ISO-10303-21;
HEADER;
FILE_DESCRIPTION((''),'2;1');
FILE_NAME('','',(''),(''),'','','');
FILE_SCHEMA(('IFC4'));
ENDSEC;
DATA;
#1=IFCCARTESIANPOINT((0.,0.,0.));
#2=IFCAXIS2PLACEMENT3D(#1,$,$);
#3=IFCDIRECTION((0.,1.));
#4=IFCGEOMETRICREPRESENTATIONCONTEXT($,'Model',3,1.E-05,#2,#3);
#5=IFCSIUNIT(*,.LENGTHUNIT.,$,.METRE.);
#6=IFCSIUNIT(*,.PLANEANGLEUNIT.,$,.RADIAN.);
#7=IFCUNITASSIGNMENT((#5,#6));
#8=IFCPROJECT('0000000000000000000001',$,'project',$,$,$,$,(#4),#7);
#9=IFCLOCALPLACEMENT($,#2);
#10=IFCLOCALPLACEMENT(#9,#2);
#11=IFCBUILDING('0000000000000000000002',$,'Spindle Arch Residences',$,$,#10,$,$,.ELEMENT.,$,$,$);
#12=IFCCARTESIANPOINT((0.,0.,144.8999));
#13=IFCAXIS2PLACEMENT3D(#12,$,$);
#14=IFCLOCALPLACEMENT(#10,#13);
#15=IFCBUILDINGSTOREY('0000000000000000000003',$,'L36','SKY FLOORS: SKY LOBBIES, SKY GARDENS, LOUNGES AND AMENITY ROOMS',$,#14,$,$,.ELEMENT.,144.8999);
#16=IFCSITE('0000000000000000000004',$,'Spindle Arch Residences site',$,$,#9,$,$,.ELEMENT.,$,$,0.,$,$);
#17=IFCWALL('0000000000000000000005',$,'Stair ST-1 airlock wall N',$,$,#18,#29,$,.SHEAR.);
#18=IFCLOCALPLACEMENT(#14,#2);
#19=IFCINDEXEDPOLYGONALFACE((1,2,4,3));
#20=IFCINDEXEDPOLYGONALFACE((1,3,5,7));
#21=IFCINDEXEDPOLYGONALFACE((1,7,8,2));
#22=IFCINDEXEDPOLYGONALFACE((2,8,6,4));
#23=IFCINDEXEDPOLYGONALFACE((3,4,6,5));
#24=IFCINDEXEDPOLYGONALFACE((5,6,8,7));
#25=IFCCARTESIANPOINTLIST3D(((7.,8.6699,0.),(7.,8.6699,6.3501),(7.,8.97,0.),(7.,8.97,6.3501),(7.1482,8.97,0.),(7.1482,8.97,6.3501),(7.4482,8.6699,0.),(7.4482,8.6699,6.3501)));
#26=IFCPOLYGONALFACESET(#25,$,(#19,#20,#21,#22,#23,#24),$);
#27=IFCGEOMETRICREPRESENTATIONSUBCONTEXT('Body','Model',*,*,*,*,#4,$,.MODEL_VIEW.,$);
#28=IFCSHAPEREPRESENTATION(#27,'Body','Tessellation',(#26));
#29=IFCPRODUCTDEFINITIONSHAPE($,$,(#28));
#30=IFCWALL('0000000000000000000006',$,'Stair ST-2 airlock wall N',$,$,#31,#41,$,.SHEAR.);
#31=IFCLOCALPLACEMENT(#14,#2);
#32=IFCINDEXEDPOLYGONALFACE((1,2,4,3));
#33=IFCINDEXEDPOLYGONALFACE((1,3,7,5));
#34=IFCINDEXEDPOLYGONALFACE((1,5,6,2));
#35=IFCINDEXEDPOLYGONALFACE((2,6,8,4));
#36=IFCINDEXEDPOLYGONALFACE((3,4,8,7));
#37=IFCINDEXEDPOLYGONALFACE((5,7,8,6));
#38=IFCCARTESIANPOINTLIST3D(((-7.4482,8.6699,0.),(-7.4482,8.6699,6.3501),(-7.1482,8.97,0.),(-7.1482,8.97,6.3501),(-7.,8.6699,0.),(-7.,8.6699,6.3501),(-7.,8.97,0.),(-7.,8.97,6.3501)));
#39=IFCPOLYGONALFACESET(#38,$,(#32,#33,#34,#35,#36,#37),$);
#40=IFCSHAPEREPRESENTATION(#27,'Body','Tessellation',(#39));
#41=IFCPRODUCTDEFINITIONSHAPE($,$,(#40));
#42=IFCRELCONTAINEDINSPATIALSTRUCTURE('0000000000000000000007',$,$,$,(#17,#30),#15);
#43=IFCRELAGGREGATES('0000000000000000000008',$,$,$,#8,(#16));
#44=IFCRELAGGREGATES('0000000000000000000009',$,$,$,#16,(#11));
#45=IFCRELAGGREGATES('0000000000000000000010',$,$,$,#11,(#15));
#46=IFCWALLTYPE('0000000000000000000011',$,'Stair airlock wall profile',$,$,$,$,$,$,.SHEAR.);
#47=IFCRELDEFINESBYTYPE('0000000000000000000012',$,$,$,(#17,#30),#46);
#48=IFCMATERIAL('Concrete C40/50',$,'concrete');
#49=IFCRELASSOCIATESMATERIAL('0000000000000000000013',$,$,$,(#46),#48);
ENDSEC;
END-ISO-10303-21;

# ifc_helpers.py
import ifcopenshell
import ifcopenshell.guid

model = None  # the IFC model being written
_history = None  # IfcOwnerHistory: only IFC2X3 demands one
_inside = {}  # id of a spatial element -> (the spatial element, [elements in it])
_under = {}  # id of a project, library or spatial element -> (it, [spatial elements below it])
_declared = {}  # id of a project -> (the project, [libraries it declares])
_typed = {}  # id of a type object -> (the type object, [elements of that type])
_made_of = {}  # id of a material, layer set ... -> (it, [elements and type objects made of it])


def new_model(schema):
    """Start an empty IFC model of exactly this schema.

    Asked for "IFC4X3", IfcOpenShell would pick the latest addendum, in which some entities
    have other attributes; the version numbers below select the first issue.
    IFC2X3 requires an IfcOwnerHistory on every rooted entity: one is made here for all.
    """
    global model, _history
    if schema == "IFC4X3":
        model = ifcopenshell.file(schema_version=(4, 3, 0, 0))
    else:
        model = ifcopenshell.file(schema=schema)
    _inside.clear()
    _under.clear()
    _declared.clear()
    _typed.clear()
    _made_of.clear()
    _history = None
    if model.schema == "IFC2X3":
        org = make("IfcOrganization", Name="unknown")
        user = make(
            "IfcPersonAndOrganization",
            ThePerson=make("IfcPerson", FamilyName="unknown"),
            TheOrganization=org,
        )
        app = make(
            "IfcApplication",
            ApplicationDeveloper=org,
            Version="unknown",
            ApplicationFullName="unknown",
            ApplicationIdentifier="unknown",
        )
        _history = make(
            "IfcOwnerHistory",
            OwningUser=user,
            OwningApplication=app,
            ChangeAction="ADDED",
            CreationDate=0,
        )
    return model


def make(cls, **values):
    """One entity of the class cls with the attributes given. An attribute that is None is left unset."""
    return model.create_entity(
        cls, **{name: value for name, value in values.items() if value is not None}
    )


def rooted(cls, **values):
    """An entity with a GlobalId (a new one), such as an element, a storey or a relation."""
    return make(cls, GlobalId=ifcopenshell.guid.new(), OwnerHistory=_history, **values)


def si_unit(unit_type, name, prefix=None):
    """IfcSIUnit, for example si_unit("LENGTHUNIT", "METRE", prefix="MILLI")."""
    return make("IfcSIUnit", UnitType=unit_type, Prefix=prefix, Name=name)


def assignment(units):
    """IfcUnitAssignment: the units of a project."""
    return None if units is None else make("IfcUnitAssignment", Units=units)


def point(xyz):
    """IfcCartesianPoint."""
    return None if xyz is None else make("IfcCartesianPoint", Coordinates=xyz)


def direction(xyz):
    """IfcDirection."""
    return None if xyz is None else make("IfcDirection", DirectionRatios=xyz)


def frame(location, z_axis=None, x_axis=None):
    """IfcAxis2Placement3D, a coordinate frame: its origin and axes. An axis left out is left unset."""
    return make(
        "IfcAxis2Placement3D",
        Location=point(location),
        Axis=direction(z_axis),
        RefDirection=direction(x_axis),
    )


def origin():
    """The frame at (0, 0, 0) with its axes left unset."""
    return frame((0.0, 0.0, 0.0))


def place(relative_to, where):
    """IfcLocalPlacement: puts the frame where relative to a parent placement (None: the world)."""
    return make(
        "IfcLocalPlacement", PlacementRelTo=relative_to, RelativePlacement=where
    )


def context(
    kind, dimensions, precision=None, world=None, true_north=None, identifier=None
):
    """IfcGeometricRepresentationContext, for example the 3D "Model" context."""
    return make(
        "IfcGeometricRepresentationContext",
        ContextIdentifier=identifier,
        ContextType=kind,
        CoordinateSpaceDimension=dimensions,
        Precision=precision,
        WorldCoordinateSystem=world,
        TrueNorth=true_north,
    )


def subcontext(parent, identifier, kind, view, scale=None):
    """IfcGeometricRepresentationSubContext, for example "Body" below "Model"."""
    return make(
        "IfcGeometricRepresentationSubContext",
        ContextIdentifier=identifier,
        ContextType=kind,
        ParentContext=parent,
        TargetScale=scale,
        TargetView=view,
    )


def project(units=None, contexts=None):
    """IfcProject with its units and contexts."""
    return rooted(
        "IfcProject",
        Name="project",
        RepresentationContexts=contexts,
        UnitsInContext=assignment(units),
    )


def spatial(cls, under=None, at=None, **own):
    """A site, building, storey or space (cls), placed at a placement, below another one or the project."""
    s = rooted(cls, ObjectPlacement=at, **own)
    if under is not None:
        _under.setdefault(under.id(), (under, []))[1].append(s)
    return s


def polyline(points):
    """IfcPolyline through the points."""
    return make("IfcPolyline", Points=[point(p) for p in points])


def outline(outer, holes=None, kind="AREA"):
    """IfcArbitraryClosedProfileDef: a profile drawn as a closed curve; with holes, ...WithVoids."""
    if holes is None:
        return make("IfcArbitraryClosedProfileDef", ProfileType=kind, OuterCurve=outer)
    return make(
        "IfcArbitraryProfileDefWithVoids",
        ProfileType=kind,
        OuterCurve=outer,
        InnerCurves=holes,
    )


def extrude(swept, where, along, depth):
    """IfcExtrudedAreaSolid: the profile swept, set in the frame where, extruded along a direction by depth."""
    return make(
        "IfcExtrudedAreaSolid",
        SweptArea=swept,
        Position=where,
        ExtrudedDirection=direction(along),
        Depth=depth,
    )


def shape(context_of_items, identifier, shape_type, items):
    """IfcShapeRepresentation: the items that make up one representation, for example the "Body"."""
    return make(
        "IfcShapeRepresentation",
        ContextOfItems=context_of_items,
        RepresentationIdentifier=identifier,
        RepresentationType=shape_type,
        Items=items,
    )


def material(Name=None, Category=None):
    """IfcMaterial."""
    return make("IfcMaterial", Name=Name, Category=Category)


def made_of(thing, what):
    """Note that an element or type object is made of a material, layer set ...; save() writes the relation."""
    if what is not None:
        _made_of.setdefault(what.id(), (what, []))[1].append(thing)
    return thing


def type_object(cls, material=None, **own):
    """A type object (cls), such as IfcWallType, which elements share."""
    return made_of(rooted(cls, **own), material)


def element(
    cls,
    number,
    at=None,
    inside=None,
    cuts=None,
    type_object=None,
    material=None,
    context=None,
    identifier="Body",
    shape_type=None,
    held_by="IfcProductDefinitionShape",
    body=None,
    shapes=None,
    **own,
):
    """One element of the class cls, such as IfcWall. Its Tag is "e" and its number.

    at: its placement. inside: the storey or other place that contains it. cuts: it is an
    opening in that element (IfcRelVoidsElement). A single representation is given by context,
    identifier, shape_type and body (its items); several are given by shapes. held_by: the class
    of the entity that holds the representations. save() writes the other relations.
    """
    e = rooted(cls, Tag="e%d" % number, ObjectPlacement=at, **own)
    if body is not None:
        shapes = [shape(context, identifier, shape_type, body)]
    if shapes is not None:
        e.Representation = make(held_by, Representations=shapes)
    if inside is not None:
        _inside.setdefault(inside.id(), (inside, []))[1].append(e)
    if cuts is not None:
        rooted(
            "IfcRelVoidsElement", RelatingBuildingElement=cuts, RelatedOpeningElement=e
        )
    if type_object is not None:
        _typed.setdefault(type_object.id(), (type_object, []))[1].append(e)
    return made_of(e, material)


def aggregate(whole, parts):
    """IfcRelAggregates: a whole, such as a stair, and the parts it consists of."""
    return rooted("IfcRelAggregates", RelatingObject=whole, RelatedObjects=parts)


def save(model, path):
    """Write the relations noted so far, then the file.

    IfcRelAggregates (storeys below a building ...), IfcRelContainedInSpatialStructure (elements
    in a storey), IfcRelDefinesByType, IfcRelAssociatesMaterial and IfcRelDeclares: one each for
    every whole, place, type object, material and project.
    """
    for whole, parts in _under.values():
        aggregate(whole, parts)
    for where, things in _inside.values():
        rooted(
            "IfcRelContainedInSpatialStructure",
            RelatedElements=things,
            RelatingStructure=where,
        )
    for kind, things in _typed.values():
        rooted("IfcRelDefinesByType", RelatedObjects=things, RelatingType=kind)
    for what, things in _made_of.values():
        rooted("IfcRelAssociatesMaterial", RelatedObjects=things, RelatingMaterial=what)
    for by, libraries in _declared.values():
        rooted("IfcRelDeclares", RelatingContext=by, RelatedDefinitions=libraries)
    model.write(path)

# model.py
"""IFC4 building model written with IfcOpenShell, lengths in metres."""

from ifc_helpers import new_model, si_unit, direction, frame, origin, place, context, subcontext, project, spatial, polyline, outline, extrude, material, type_object, element, save


model = new_model("IFC4")

# Units and contexts
model_context = context("Model", 3, precision=1e-05, world=origin(), true_north=direction((0.0, 1.0)))
body_context = subcontext(model_context, "Body", "Model", "MODEL_VIEW")
ifc_project = project(units=[si_unit("LENGTHUNIT", "METRE"), si_unit("PLANEANGLEUNIT", "RADIAN")], contexts=[model_context])

# Site, building, storey
site_placement = place(None, origin())
site = spatial("IfcSite", under=ifc_project, at=site_placement, Name="Spindle Arch Residences site", CompositionType="ELEMENT", RefElevation=0.0)
building_placement = place(site_placement, origin())
building = spatial("IfcBuilding", under=site, at=building_placement, Name="Spindle Arch Residences", CompositionType="ELEMENT")
storey_placement = place(building_placement, frame((0.0, 0.0, 144.8999)))
storey = spatial("IfcBuildingStorey", under=building, at=storey_placement, Name="L36", Description="SKY FLOORS: SKY LOBBIES, SKY GARDENS, LOUNGES AND AMENITY ROOMS", CompositionType="ELEMENT", Elevation=144.8999)

# Walls
ifc_material_1 = material(Name="Concrete C40/50", Category="concrete")
wall_type_1 = type_object("IfcWallType", Name="Stair airlock wall profile", PredefinedType="SHEAR", material=ifc_material_1)
wall_1_placement = place(storey_placement, origin())
element("IfcWall", 1, at=wall_1_placement, inside=storey, type_object=wall_type_1, Name="Stair ST-1 airlock wall N", PredefinedType="SHEAR", context=body_context, shape_type="SweptSolid", body=[
    extrude(outline(polyline([(7.4482, 8.6699), (7.0, 8.6699), (7.0, 8.97), (7.1482, 8.97), (7.4482, 8.6699)])), origin(), (0.0, 0.0, 1.0), 6.3501),
])
wall_2_placement = place(storey_placement, origin())
element("IfcWall", 2, at=wall_2_placement, inside=storey, type_object=wall_type_1, Name="Stair ST-2 airlock wall N", PredefinedType="SHEAR", context=body_context, shape_type="SweptSolid", body=[
    extrude(outline(polyline([(-7.1482, 8.97), (-7.0, 8.97), (-7.0, 8.6699), (-7.4482, 8.6699), (-7.1482, 8.97)])), origin(), (0.0, 0.0, 1.0), 6.3501),
])

save(model, "model.ifc")
